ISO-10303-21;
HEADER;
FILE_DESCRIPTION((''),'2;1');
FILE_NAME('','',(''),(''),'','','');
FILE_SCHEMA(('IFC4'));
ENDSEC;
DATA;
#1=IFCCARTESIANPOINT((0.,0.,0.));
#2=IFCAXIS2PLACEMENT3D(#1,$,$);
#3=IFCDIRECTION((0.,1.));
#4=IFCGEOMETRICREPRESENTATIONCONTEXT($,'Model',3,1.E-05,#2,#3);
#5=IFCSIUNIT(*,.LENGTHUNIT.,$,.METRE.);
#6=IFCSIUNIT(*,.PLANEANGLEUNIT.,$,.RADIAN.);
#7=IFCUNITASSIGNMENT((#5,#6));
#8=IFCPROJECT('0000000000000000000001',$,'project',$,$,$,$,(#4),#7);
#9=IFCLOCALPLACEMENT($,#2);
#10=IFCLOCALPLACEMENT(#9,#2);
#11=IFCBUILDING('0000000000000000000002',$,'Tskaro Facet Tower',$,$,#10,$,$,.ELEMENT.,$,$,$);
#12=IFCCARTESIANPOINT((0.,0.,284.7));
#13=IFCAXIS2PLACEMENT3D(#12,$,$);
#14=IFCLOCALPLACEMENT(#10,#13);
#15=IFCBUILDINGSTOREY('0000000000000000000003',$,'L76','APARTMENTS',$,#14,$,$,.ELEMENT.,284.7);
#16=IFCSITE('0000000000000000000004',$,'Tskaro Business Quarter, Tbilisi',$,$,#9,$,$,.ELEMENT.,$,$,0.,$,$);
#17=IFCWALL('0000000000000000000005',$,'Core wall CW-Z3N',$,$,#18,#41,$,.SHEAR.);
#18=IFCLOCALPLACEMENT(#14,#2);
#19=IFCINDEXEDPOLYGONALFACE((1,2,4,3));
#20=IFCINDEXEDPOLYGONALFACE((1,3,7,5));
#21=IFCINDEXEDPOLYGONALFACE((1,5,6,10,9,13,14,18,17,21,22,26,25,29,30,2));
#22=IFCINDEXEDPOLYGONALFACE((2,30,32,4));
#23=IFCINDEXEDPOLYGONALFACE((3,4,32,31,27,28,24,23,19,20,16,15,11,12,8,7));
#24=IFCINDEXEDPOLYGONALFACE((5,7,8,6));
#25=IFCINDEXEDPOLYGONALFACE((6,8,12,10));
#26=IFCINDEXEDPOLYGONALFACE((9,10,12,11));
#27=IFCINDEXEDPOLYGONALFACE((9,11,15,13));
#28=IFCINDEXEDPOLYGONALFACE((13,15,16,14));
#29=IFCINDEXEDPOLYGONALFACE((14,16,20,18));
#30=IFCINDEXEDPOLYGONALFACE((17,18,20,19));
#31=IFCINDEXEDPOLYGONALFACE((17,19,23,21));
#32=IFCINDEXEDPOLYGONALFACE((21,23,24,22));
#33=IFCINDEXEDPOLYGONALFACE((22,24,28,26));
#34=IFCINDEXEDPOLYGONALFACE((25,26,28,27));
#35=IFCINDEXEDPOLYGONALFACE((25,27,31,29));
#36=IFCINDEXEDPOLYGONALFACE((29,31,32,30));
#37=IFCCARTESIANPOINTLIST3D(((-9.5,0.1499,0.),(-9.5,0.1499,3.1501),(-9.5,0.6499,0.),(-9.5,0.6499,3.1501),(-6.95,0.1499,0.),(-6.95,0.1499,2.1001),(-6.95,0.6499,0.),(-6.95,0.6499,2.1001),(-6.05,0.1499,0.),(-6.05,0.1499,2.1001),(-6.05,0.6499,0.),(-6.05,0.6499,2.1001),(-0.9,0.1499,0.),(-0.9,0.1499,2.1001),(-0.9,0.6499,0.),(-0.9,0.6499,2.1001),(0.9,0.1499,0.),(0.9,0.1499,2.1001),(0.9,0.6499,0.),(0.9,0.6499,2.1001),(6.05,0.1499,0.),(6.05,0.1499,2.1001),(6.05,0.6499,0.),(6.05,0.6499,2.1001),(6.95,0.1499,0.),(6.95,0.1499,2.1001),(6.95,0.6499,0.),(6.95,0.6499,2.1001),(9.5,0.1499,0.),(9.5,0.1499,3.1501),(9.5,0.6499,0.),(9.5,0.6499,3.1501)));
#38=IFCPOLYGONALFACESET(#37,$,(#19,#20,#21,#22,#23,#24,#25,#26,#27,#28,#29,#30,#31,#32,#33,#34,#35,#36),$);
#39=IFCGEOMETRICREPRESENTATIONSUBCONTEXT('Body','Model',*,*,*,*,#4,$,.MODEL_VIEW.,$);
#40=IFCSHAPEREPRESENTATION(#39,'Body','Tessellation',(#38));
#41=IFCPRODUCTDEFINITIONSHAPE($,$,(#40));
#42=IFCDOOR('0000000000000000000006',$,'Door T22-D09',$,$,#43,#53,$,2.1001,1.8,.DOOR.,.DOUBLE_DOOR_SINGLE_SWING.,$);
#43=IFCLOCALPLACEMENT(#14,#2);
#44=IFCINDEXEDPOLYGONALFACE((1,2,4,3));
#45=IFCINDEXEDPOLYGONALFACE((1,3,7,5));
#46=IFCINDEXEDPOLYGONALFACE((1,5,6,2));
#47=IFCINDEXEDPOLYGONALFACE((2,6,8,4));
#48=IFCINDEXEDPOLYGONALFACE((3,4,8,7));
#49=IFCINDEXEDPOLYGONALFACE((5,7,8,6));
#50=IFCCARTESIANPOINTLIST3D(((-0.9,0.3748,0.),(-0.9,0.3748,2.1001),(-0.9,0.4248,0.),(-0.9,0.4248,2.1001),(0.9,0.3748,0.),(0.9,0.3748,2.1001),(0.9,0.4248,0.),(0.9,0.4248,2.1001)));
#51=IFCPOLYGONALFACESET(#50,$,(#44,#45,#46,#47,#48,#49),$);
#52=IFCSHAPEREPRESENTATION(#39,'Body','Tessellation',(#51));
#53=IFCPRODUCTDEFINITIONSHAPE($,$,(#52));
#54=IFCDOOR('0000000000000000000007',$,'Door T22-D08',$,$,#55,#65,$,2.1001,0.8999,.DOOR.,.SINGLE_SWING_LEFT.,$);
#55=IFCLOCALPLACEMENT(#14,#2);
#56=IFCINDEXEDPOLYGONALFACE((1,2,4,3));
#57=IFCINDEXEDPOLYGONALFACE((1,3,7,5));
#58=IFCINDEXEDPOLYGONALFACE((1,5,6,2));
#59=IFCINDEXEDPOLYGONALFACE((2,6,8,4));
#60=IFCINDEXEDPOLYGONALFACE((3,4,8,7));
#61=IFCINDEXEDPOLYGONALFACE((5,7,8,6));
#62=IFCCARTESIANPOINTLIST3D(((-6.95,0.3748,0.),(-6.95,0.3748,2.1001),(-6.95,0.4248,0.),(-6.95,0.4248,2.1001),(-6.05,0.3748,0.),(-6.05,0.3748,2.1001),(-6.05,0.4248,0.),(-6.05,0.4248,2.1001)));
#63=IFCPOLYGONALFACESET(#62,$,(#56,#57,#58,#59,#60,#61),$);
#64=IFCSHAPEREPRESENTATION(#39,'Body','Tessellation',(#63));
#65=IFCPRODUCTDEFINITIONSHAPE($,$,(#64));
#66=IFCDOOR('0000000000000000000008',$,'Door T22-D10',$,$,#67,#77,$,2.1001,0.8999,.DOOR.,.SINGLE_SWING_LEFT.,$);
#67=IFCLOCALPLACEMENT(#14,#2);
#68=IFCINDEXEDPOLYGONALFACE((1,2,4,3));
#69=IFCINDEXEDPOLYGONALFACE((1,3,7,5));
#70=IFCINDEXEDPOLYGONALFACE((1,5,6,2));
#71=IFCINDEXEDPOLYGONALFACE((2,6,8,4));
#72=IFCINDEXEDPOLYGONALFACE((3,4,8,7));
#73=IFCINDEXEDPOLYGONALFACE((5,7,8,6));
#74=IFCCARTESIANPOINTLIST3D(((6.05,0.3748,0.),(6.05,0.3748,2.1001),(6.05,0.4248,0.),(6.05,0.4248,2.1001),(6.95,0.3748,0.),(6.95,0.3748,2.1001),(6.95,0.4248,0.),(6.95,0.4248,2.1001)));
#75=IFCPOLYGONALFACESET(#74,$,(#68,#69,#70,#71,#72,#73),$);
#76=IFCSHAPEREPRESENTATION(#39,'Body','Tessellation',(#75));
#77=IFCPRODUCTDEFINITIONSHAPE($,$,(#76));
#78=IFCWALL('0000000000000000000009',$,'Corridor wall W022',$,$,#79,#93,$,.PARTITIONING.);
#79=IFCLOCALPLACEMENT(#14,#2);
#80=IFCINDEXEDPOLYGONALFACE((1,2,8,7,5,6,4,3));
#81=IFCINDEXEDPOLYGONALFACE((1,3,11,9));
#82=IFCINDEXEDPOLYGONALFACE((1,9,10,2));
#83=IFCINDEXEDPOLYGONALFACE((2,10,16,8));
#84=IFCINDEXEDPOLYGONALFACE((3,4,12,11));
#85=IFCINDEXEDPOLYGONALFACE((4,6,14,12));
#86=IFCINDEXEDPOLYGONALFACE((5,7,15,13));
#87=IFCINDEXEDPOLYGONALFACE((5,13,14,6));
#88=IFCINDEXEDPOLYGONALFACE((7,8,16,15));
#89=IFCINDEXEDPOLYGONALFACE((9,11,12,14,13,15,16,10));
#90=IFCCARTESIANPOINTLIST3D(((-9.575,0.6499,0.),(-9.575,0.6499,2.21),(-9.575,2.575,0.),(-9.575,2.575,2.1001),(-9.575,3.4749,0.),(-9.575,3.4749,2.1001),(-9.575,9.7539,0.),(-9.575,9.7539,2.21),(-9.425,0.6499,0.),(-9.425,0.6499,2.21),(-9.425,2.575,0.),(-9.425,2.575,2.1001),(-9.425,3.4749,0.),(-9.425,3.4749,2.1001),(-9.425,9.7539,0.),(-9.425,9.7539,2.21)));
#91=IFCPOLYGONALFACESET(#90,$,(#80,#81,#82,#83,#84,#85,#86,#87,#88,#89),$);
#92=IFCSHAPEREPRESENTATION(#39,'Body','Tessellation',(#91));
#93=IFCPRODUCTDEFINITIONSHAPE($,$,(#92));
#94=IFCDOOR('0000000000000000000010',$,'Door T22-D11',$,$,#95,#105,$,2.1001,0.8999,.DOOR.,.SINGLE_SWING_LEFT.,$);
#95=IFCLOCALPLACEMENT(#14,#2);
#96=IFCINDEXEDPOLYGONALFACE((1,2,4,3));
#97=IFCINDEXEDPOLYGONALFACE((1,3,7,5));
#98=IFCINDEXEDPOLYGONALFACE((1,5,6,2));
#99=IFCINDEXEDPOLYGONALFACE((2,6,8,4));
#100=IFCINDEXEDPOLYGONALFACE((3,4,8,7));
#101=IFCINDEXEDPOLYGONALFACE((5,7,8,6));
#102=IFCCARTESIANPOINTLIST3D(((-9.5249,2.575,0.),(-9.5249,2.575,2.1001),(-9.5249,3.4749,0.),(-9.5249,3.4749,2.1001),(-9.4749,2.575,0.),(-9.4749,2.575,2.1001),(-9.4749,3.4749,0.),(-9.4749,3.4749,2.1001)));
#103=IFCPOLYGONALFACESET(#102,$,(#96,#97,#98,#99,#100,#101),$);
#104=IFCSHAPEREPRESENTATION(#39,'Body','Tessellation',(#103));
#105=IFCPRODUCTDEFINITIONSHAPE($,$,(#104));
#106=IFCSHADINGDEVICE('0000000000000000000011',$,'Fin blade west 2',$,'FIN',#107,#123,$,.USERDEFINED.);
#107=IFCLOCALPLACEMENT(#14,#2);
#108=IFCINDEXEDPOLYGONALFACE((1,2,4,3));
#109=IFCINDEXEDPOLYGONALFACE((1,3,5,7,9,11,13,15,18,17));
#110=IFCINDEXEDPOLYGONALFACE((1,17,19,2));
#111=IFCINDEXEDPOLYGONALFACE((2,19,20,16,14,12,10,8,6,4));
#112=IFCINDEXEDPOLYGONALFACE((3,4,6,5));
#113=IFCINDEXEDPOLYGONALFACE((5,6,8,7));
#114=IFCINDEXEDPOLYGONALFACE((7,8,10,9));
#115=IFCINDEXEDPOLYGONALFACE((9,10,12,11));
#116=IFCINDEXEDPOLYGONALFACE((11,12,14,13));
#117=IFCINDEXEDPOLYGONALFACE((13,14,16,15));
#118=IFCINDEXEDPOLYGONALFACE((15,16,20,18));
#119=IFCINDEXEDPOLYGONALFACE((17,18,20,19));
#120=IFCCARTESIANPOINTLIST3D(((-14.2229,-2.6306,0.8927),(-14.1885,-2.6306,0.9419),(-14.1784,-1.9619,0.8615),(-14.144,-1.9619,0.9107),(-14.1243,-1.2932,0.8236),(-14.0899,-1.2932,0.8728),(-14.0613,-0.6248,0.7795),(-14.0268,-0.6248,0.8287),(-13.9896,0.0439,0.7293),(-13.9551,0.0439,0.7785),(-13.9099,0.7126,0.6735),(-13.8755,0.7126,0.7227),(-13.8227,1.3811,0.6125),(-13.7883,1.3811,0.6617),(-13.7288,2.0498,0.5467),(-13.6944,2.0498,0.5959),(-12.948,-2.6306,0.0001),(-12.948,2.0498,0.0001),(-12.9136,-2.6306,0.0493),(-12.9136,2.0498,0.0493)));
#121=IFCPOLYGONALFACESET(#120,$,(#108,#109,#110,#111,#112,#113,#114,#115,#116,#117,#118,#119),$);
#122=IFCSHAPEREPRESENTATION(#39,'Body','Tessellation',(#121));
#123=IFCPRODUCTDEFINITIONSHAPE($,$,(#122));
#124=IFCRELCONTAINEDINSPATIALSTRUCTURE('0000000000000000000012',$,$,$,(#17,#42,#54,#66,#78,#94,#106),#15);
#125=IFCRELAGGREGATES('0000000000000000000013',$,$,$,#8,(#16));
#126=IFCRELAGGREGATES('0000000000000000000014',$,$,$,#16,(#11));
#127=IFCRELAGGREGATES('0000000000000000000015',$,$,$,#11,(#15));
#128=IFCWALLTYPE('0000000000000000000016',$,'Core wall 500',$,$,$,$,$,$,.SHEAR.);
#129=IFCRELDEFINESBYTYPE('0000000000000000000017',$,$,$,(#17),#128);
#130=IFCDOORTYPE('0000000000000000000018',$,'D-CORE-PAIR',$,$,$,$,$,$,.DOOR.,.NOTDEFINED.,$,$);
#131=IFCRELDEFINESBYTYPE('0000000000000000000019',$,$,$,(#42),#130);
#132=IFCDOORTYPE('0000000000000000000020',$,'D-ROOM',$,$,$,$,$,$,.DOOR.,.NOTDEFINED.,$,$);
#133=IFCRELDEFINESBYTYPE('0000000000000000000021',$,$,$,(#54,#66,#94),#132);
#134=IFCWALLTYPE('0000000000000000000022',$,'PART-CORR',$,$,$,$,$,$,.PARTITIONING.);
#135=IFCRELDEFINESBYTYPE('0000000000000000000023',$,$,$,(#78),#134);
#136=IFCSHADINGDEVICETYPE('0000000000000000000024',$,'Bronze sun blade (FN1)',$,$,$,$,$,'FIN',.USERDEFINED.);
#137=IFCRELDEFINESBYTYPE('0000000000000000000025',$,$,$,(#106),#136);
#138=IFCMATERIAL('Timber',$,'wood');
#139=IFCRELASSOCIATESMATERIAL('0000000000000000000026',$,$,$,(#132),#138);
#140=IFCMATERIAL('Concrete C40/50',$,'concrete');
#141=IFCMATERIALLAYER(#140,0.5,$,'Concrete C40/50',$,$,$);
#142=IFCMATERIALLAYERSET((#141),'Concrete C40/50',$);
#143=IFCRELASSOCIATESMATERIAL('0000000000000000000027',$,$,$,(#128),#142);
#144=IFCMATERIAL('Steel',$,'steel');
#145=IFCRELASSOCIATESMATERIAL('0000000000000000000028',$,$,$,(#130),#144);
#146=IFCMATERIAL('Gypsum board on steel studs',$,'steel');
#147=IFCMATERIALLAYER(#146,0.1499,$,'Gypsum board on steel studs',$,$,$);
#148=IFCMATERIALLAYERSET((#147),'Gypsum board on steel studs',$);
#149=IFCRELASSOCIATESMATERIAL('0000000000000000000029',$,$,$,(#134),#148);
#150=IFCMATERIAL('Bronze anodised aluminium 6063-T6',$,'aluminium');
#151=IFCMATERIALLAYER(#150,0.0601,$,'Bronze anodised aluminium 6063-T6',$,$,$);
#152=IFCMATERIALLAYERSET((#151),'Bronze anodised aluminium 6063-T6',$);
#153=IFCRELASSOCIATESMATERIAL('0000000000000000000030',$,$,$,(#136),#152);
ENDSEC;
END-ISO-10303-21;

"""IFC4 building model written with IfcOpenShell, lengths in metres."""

from ifc_helpers import new_model, si_unit, direction, frame, frame_2d, origin, place, context, subcontext, project, spatial, polyline, rectangle, outline, extrude, material, layer, layer_set, type_object, element, fill, save


model = new_model("IFC4")

# Units and contexts
model_context = context("Model", 3, precision=1e-05, world=origin(), true_north=direction((0.0, 1.0)))
body_context = subcontext(model_context, "Body", "Model", "MODEL_VIEW")
ifc_project = project(units=[si_unit("LENGTHUNIT", "METRE"), si_unit("PLANEANGLEUNIT", "RADIAN")], contexts=[model_context])

# Site, building, storey
site_placement = place(None, origin())
site = spatial("IfcSite", under=ifc_project, at=site_placement, Name="Tskaro Business Quarter, Tbilisi", CompositionType="ELEMENT", RefElevation=0.0)
building_placement = place(site_placement, origin())
building = spatial("IfcBuilding", under=site, at=building_placement, Name="Tskaro Facet Tower", CompositionType="ELEMENT")
storey_placement = place(building_placement, frame((0.0, 0.0, 284.7)))
storey = spatial("IfcBuildingStorey", under=building, at=storey_placement, Name="L76", Description="APARTMENTS", CompositionType="ELEMENT", Elevation=284.7)

# Shared definitions
ifc_material_1 = material(Name="Bronze anodised aluminium 6063-T6", Category="aluminium")

# Shared definitions
ifc_material_2 = material(Name="Timber", Category="wood")
door_type_1 = type_object("IfcDoorType", Name="D-ROOM", OperationType="NOTDEFINED", PredefinedType="DOOR", material=ifc_material_2)

# Wall, openings, doors
ifc_material_3 = material(Name="Concrete C40/50", Category="concrete")
ifc_layer_1 = layer(ifc_material_3, 0.5, Name="Concrete C40/50")
ifc_layer_set_1 = layer_set([ifc_layer_1], Name="Concrete C40/50")
wall_type_1 = type_object("IfcWallType", Name="Core wall 500", PredefinedType="SHEAR", material=ifc_layer_set_1)
wall_1_placement = place(storey_placement, frame((-9.5, 0.3999, 0.0), z_axis=(0.0, 0.0, 1.0), x_axis=(1.0, 0.0, 0.0)))
wall_1 = element("IfcWall", 1, at=wall_1_placement, inside=storey, type_object=wall_type_1, Name="Core wall CW-Z3N", PredefinedType="SHEAR", context=body_context, shape_type="SweptSolid", body=[
    extrude(rectangle(XDim=19.0, YDim=0.5, at=frame_2d((9.5, 0.0))), origin(), (0.0, 0.0, 1.0), 3.1501),
])
opening_1_placement = place(wall_1_placement, frame((8.6001, 0.0, 0.0)))
opening_1 = element("IfcOpeningElement", 2, at=opening_1_placement, cuts=wall_1, PredefinedType="OPENING", context=body_context, shape_type="SweptSolid", body=[
    extrude(rectangle(XDim=1.8, YDim=2.1001, at=frame_2d((0.8999, 1.05))), frame((0.0, 0.26, 0.0), z_axis=(0.0, -1.0, 0.0), x_axis=(1.0, 0.0, 0.0)), (0.0, 0.0, 1.0), 0.52),
])
opening_2_placement = place(wall_1_placement, frame((2.55, 0.0, 0.0)))
opening_2 = element("IfcOpeningElement", 3, at=opening_2_placement, cuts=wall_1, PredefinedType="OPENING", context=body_context, shape_type="SweptSolid", body=[
    extrude(rectangle(XDim=0.8999, YDim=2.1001, at=frame_2d((0.45, 1.05))), frame((0.0, 0.26, 0.0), z_axis=(0.0, -1.0, 0.0), x_axis=(1.0, 0.0, 0.0)), (0.0, 0.0, 1.0), 0.52),
])
opening_3_placement = place(wall_1_placement, frame((15.55, 0.0, 0.0)))
opening_3 = element("IfcOpeningElement", 4, at=opening_3_placement, cuts=wall_1, PredefinedType="OPENING", context=body_context, shape_type="SweptSolid", body=[
    extrude(rectangle(XDim=0.8999, YDim=2.1001, at=frame_2d((0.45, 1.05))), frame((0.0, 0.26, 0.0), z_axis=(0.0, -1.0, 0.0), x_axis=(1.0, 0.0, 0.0)), (0.0, 0.0, 1.0), 0.52),
])
ifc_material_4 = material(Name="Steel", Category="steel")
door_type_2 = type_object("IfcDoorType", Name="D-CORE-PAIR", OperationType="NOTDEFINED", PredefinedType="DOOR", material=ifc_material_4)
door_1_placement = place(opening_1_placement, origin())
door_1 = element("IfcDoor", 5, at=door_1_placement, inside=storey, type_object=door_type_2, Name="Door T22-D09", OperationType="DOUBLE_DOOR_SINGLE_SWING", OverallHeight=2.1001, OverallWidth=1.8, PredefinedType="DOOR", context=body_context, shape_type="SweptSolid", body=[
    extrude(rectangle(XDim=1.8, YDim=2.1001, at=frame_2d((0.8999, 1.05))), frame((0.0, 0.0249, 0.0), z_axis=(0.0, -1.0, 0.0), x_axis=(1.0, 0.0, 0.0)), (0.0, 0.0, 1.0), 0.05),
])
fill(opening_1, door_1)
door_2_placement = place(opening_2_placement, origin())
door_2 = element("IfcDoor", 6, at=door_2_placement, inside=storey, type_object=door_type_1, Name="Door T22-D08", OperationType="SINGLE_SWING_LEFT", OverallHeight=2.1001, OverallWidth=0.8999, PredefinedType="DOOR", context=body_context, shape_type="SweptSolid", body=[
    extrude(rectangle(XDim=0.8999, YDim=2.1001, at=frame_2d((0.45, 1.05))), frame((0.0, 0.0249, 0.0), z_axis=(0.0, -1.0, 0.0), x_axis=(1.0, 0.0, 0.0)), (0.0, 0.0, 1.0), 0.05),
])
fill(opening_2, door_2)
door_3_placement = place(opening_3_placement, origin())
door_3 = element("IfcDoor", 7, at=door_3_placement, inside=storey, type_object=door_type_1, Name="Door T22-D10", OperationType="SINGLE_SWING_LEFT", OverallHeight=2.1001, OverallWidth=0.8999, PredefinedType="DOOR", context=body_context, shape_type="SweptSolid", body=[
    extrude(rectangle(XDim=0.8999, YDim=2.1001, at=frame_2d((0.45, 1.05))), frame((0.0, 0.0249, 0.0), z_axis=(0.0, -1.0, 0.0), x_axis=(1.0, 0.0, 0.0)), (0.0, 0.0, 1.0), 0.05),
])
fill(opening_3, door_3)

# Wall, opening, door
ifc_material_5 = material(Name="Gypsum board on steel studs", Category="steel")
ifc_layer_2 = layer(ifc_material_5, 0.1499, Name="Gypsum board on steel studs")
ifc_layer_set_2 = layer_set([ifc_layer_2], Name="Gypsum board on steel studs")
wall_type_2 = type_object("IfcWallType", Name="PART-CORR", PredefinedType="PARTITIONING", material=ifc_layer_set_2)
wall_2_placement = place(storey_placement, frame((-9.5, 0.6499, 0.0), z_axis=(0.0, 0.0, 1.0), x_axis=(0.0, 1.0, 0.0)))
wall_2 = element("IfcWall", 8, at=wall_2_placement, inside=storey, type_object=wall_type_2, Name="Corridor wall W022", PredefinedType="PARTITIONING", context=body_context, shape_type="SweptSolid", body=[
    extrude(rectangle(XDim=9.104, YDim=0.1499, at=frame_2d((4.552, 0.0))), origin(), (0.0, 0.0, 1.0), 2.21),
])
opening_4_placement = place(wall_2_placement, frame((1.925, 0.0, 0.0)))
opening_4 = element("IfcOpeningElement", 9, at=opening_4_placement, cuts=wall_2, PredefinedType="OPENING", context=body_context, shape_type="SweptSolid", body=[
    extrude(rectangle(XDim=0.8999, YDim=2.1001, at=frame_2d((0.45, 1.05))), frame((0.0, 0.085, 0.0), z_axis=(0.0, -1.0, 0.0), x_axis=(1.0, 0.0, 0.0)), (0.0, 0.0, 1.0), 0.1699),
])
door_4_placement = place(opening_4_placement, origin())
door_4 = element("IfcDoor", 10, at=door_4_placement, inside=storey, type_object=door_type_1, Name="Door T22-D11", OperationType="SINGLE_SWING_LEFT", OverallHeight=2.1001, OverallWidth=0.8999, PredefinedType="DOOR", context=body_context, shape_type="SweptSolid", body=[
    extrude(rectangle(XDim=0.8999, YDim=2.1001, at=frame_2d((0.45, 1.05))), frame((0.0, 0.0249, 0.0), z_axis=(0.0, -1.0, 0.0), x_axis=(1.0, 0.0, 0.0)), (0.0, 0.0, 1.0), 0.05),
])
fill(opening_4, door_4)

# Shading device
ifc_layer_3 = layer(ifc_material_1, 0.0601, Name="Bronze anodised aluminium 6063-T6")
ifc_layer_set_3 = layer_set([ifc_layer_3], Name="Bronze anodised aluminium 6063-T6")
shading_device_type = type_object("IfcShadingDeviceType", Name="Bronze sun blade (FN1)", ElementType="FIN", PredefinedType="USERDEFINED", material=ifc_layer_set_3)
shading_device_placement = place(storey_placement, frame((-12.9136, 2.0498, 0.0493), z_axis=(0.573491, 0.000005, 0.819212), x_axis=(0.000003, -1.0, 0.000004)))
element("IfcShadingDevice", 11, at=shading_device_placement, inside=storey, type_object=shading_device_type, Name="Fin blade west 2", ObjectType="FIN", PredefinedType="USERDEFINED", context=body_context, shape_type="SweptSolid", body=[
    extrude(outline(polyline([(0.0, 0.0), (4.6804, 0.0), (4.6804, -1.5563), (4.0117, -1.502), (3.343, -1.4359), (2.6746, -1.3589), (2.0059, -1.2714), (1.3372, -1.1742), (0.6687, -1.0678), (0.0, -0.9531), (0.0, 0.0)])), origin(), (0.0, 0.0, -1.0), 0.0601),
])

save(model, "model.ifc")
